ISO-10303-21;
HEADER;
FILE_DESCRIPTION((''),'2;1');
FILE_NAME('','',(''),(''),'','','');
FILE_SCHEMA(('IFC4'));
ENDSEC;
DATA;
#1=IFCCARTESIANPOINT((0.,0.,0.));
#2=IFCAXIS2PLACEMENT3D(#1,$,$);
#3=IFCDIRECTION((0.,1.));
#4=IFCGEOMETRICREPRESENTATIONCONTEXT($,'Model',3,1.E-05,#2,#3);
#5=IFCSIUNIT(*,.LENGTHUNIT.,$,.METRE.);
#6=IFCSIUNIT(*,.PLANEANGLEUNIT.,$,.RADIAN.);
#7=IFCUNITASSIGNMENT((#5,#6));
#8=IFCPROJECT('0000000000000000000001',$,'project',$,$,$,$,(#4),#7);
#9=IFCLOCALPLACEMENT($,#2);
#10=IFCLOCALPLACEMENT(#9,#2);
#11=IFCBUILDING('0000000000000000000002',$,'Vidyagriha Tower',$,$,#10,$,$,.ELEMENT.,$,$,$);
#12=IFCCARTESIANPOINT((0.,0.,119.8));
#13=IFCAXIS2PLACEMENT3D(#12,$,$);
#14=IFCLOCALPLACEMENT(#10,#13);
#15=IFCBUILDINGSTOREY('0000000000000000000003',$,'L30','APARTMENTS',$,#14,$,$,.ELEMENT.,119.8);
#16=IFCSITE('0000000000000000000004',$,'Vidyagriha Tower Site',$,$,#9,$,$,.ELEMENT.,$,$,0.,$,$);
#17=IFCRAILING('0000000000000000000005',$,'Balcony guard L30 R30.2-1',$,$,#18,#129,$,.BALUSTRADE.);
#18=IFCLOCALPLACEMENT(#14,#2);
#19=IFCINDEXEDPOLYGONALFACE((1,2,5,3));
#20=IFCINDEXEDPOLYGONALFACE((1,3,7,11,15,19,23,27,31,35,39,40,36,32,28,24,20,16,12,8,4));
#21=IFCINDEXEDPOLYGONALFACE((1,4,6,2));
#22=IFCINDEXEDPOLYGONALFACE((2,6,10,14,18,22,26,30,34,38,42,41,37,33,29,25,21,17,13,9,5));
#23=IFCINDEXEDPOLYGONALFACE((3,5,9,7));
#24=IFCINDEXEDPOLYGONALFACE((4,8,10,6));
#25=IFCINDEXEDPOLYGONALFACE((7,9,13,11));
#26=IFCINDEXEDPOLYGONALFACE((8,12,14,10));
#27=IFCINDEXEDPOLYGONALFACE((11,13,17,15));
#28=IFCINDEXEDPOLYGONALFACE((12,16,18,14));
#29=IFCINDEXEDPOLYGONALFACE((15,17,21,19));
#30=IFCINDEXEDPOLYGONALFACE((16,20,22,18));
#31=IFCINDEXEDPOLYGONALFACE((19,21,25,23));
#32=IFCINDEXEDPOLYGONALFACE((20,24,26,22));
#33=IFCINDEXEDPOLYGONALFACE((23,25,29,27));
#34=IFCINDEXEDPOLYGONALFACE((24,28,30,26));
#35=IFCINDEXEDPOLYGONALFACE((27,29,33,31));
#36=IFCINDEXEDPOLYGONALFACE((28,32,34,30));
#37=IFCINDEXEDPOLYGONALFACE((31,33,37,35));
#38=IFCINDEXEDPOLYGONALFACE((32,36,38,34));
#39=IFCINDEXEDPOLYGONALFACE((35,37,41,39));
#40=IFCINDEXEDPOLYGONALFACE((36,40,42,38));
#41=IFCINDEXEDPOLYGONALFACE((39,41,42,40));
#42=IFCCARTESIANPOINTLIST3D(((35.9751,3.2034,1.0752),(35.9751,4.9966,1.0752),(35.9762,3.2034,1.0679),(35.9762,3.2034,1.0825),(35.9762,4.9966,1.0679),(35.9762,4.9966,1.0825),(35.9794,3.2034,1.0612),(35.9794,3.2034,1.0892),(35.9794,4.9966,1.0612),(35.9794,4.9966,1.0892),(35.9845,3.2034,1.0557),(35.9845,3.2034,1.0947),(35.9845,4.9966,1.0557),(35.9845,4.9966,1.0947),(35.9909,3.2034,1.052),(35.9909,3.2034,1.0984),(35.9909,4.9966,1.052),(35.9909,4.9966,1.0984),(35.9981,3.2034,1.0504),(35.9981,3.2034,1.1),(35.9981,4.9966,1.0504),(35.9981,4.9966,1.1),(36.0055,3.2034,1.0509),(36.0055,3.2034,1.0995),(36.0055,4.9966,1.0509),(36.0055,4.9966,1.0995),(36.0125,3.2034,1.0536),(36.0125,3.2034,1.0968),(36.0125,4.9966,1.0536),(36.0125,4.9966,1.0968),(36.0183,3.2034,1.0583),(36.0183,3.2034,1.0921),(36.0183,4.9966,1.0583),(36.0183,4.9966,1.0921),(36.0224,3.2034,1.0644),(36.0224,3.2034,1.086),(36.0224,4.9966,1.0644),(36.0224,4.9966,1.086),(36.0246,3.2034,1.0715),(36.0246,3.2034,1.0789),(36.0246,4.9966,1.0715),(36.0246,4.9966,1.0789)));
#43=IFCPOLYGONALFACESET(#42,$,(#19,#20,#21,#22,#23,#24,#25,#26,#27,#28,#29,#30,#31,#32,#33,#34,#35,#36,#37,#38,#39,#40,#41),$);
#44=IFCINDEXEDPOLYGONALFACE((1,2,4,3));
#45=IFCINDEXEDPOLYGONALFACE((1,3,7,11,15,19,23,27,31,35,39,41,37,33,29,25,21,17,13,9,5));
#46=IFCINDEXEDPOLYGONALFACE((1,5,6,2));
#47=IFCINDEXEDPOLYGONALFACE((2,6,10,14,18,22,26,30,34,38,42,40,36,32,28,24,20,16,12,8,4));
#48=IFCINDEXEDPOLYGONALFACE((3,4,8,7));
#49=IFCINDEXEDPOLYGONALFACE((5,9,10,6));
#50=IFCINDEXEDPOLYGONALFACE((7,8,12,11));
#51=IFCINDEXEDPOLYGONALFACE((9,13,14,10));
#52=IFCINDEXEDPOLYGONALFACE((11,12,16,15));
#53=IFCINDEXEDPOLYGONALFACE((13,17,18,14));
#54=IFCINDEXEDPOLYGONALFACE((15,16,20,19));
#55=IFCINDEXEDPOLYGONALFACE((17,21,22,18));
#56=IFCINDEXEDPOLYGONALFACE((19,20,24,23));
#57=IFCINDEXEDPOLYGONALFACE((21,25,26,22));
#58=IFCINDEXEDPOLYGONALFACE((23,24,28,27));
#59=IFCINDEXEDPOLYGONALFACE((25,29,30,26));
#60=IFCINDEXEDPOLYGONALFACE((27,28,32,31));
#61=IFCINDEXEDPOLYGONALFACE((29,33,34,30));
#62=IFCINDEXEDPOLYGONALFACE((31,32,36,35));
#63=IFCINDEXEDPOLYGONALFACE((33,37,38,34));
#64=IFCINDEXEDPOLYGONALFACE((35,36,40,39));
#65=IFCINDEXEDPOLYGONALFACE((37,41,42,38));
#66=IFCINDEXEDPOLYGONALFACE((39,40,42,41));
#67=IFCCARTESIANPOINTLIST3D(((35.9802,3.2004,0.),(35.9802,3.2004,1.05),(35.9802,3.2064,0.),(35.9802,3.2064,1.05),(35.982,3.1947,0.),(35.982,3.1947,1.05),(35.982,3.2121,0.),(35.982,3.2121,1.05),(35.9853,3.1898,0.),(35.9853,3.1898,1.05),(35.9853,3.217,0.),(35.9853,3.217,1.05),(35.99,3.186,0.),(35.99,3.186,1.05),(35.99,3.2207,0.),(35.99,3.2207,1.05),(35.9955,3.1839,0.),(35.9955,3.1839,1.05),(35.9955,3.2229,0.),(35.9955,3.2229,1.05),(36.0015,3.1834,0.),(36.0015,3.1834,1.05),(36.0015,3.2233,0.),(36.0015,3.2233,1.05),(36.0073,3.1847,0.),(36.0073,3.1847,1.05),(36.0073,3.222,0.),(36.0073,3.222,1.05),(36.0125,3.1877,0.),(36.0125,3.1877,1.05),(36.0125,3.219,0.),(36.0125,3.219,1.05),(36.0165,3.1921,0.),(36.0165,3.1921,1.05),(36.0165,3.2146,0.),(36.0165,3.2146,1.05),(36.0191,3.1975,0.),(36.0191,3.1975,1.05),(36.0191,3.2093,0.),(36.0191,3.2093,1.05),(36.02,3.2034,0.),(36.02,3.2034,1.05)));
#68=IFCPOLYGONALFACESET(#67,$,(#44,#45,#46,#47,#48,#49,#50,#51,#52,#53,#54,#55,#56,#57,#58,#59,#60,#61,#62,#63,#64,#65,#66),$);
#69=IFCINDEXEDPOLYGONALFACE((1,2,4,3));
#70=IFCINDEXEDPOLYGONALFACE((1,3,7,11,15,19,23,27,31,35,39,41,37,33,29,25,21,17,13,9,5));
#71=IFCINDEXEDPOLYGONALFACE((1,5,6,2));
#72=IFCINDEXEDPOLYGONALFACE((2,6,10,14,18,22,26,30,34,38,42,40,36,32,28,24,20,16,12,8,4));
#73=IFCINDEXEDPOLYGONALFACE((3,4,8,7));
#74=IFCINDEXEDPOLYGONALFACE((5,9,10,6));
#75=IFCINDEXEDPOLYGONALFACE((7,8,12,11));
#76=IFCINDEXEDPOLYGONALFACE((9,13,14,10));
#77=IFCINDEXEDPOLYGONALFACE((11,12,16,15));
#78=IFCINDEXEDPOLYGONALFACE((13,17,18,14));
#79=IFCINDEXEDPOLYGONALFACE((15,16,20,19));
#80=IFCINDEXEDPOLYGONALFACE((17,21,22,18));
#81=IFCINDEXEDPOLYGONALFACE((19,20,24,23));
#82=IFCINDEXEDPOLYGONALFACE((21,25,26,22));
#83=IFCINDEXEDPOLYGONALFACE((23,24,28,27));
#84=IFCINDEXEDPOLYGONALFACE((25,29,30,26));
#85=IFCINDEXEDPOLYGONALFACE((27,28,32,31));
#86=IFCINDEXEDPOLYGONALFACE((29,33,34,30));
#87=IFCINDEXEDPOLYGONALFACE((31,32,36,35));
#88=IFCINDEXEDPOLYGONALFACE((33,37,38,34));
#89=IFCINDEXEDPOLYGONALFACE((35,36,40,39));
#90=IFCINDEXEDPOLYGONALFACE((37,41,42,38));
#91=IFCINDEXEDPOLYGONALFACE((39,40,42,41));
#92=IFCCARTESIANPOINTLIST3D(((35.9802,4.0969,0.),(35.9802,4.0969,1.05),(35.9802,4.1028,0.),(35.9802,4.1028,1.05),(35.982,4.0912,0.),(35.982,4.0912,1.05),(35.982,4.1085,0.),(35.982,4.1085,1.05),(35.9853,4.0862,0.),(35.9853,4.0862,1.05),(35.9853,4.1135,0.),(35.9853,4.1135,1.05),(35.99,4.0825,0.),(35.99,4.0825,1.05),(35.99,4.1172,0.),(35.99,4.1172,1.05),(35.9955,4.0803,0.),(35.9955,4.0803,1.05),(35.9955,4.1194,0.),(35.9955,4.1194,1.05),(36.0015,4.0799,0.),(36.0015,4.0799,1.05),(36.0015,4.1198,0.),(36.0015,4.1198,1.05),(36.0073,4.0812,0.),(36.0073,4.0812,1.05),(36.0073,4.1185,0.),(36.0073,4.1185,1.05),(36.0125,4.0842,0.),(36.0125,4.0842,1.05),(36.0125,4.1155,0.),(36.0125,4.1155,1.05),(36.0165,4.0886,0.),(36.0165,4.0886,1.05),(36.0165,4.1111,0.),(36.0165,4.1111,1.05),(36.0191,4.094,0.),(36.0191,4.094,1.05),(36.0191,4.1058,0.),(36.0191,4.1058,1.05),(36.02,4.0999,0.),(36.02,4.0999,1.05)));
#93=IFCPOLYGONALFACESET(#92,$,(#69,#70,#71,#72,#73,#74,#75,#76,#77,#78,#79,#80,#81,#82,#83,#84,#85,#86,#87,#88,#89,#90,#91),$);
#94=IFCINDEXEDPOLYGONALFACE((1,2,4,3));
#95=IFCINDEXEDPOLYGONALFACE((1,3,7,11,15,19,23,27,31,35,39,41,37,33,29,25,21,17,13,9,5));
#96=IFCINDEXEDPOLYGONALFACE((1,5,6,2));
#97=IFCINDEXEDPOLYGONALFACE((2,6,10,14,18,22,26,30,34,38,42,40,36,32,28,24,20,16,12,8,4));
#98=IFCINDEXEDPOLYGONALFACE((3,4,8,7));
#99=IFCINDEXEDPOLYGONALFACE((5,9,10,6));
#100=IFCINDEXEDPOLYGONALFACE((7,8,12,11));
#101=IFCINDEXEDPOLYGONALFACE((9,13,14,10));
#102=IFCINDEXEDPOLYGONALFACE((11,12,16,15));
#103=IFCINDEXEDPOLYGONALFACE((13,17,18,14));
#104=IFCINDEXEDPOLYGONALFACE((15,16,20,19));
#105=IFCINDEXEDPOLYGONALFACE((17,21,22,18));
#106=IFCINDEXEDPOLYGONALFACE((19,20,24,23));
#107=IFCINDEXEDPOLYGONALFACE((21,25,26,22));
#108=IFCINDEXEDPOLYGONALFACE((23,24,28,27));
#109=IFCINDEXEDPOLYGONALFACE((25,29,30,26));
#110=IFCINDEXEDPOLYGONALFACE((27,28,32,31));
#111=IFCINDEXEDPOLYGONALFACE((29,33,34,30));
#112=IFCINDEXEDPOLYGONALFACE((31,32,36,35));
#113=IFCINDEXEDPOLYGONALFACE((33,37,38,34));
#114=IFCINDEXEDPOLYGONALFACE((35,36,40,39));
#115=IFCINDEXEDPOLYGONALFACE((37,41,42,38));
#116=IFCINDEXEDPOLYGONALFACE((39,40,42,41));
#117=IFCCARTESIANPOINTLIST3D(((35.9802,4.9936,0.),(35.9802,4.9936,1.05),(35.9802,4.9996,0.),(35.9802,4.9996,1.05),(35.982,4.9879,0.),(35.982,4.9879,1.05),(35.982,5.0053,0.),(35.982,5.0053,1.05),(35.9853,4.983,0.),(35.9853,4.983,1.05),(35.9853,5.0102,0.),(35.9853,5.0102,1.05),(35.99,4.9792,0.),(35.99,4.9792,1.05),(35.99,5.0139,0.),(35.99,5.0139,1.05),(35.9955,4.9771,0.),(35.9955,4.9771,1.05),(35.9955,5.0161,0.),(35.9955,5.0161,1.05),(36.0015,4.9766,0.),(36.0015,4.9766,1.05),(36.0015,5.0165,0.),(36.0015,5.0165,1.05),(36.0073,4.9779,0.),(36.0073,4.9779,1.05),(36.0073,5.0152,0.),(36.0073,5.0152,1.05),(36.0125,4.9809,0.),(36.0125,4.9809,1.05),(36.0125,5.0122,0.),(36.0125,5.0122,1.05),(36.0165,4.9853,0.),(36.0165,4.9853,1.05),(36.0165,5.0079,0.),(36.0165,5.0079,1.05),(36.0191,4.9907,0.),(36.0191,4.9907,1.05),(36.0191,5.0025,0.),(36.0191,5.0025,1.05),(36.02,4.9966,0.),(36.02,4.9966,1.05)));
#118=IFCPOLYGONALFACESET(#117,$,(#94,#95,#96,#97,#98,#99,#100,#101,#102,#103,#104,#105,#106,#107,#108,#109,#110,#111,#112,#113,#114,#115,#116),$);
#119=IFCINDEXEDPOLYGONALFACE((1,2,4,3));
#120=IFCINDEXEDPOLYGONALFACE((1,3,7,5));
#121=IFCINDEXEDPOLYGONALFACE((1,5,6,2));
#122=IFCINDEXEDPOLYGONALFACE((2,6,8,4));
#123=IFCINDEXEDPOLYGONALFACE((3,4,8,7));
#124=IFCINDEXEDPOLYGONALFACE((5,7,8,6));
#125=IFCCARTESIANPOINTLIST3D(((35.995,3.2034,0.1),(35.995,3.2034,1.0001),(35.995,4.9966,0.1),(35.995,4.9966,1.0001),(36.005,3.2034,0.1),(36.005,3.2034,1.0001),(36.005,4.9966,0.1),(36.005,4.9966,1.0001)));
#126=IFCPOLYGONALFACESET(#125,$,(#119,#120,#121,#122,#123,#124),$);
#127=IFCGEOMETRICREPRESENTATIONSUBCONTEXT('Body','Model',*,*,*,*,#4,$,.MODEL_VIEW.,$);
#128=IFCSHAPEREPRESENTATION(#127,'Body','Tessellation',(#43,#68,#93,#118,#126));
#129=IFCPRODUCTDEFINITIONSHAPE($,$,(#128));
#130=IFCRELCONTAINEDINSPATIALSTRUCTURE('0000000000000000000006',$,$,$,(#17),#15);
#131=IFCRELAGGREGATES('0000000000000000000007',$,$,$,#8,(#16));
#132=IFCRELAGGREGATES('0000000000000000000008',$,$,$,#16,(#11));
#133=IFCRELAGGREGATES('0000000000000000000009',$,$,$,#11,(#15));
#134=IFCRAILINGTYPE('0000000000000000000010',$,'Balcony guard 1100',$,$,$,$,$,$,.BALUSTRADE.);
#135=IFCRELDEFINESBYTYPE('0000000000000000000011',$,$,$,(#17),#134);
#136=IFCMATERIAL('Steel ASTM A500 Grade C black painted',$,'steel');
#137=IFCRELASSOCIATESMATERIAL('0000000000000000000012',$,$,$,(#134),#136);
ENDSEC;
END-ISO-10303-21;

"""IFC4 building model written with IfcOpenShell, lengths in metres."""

from ifc_helpers import new_model, si_unit, direction, frame, origin, origin_2d, place, context, subcontext, project, spatial, rectangle, circle, extrude, material, type_object, element, save


model = new_model("IFC4")

# Units and contexts
model_context = context("Model", 3, precision=1e-05, world=origin(), true_north=direction((0.0, 1.0)))
body_context = subcontext(model_context, "Body", "Model", "MODEL_VIEW")
ifc_project = project(units=[si_unit("LENGTHUNIT", "METRE"), si_unit("PLANEANGLEUNIT", "RADIAN")], contexts=[model_context])

# Site, building, storey
site_placement = place(None, origin())
site = spatial("IfcSite", under=ifc_project, at=site_placement, Name="Vidyagriha Tower Site", CompositionType="ELEMENT", RefElevation=0.0)
building_placement = place(site_placement, origin())
building = spatial("IfcBuilding", under=site, at=building_placement, Name="Vidyagriha Tower", CompositionType="ELEMENT")
storey_placement = place(building_placement, frame((0.0, 0.0, 119.8)))
storey = spatial("IfcBuildingStorey", under=building, at=storey_placement, Name="L30", Description="APARTMENTS", CompositionType="ELEMENT", Elevation=119.8)

# Railing
ifc_material_1 = material(Name="Steel ASTM A500 Grade C black painted", Category="steel")
railing_type_1 = type_object("IfcRailingType", Name="Balcony guard 1100", PredefinedType="BALUSTRADE", material=ifc_material_1)
railing_1_placement = place(storey_placement, frame((36.0, 3.2034, 0.0)))
element("IfcRailing", 1, at=railing_1_placement, inside=storey, type_object=railing_type_1, Name="Balcony guard L30 R30.2-1", PredefinedType="BALUSTRADE", context=body_context, shape_type="SweptSolid", body=[
    extrude(circle(Radius=0.0249, at=origin_2d()), frame((0.0, 0.0, 1.0752), z_axis=(0.0, 1.0, 0.0), x_axis=(-1.0, 0.0, 0.0)), (0.0, 0.0, 1.0), 1.7932),
    extrude(circle(Radius=0.02, at=origin_2d()), origin(), (0.0, 0.0, 1.0), 1.05),
    extrude(circle(Radius=0.02, at=origin_2d()), frame((0.0, 0.8965, 0.0)), (0.0, 0.0, 1.0), 1.05),
    extrude(circle(Radius=0.02, at=origin_2d()), frame((0.0, 1.7932, 0.0)), (0.0, 0.0, 1.0), 1.05),
    extrude(rectangle(XDim=0.01, YDim=0.9001, at=origin_2d()), frame((0.0, 0.0, 0.55), z_axis=(0.0, 1.0, 0.0), x_axis=(-1.0, 0.0, 0.0)), (0.0, 0.0, 1.0), 1.7932),
])

save(model, "model.ifc")
